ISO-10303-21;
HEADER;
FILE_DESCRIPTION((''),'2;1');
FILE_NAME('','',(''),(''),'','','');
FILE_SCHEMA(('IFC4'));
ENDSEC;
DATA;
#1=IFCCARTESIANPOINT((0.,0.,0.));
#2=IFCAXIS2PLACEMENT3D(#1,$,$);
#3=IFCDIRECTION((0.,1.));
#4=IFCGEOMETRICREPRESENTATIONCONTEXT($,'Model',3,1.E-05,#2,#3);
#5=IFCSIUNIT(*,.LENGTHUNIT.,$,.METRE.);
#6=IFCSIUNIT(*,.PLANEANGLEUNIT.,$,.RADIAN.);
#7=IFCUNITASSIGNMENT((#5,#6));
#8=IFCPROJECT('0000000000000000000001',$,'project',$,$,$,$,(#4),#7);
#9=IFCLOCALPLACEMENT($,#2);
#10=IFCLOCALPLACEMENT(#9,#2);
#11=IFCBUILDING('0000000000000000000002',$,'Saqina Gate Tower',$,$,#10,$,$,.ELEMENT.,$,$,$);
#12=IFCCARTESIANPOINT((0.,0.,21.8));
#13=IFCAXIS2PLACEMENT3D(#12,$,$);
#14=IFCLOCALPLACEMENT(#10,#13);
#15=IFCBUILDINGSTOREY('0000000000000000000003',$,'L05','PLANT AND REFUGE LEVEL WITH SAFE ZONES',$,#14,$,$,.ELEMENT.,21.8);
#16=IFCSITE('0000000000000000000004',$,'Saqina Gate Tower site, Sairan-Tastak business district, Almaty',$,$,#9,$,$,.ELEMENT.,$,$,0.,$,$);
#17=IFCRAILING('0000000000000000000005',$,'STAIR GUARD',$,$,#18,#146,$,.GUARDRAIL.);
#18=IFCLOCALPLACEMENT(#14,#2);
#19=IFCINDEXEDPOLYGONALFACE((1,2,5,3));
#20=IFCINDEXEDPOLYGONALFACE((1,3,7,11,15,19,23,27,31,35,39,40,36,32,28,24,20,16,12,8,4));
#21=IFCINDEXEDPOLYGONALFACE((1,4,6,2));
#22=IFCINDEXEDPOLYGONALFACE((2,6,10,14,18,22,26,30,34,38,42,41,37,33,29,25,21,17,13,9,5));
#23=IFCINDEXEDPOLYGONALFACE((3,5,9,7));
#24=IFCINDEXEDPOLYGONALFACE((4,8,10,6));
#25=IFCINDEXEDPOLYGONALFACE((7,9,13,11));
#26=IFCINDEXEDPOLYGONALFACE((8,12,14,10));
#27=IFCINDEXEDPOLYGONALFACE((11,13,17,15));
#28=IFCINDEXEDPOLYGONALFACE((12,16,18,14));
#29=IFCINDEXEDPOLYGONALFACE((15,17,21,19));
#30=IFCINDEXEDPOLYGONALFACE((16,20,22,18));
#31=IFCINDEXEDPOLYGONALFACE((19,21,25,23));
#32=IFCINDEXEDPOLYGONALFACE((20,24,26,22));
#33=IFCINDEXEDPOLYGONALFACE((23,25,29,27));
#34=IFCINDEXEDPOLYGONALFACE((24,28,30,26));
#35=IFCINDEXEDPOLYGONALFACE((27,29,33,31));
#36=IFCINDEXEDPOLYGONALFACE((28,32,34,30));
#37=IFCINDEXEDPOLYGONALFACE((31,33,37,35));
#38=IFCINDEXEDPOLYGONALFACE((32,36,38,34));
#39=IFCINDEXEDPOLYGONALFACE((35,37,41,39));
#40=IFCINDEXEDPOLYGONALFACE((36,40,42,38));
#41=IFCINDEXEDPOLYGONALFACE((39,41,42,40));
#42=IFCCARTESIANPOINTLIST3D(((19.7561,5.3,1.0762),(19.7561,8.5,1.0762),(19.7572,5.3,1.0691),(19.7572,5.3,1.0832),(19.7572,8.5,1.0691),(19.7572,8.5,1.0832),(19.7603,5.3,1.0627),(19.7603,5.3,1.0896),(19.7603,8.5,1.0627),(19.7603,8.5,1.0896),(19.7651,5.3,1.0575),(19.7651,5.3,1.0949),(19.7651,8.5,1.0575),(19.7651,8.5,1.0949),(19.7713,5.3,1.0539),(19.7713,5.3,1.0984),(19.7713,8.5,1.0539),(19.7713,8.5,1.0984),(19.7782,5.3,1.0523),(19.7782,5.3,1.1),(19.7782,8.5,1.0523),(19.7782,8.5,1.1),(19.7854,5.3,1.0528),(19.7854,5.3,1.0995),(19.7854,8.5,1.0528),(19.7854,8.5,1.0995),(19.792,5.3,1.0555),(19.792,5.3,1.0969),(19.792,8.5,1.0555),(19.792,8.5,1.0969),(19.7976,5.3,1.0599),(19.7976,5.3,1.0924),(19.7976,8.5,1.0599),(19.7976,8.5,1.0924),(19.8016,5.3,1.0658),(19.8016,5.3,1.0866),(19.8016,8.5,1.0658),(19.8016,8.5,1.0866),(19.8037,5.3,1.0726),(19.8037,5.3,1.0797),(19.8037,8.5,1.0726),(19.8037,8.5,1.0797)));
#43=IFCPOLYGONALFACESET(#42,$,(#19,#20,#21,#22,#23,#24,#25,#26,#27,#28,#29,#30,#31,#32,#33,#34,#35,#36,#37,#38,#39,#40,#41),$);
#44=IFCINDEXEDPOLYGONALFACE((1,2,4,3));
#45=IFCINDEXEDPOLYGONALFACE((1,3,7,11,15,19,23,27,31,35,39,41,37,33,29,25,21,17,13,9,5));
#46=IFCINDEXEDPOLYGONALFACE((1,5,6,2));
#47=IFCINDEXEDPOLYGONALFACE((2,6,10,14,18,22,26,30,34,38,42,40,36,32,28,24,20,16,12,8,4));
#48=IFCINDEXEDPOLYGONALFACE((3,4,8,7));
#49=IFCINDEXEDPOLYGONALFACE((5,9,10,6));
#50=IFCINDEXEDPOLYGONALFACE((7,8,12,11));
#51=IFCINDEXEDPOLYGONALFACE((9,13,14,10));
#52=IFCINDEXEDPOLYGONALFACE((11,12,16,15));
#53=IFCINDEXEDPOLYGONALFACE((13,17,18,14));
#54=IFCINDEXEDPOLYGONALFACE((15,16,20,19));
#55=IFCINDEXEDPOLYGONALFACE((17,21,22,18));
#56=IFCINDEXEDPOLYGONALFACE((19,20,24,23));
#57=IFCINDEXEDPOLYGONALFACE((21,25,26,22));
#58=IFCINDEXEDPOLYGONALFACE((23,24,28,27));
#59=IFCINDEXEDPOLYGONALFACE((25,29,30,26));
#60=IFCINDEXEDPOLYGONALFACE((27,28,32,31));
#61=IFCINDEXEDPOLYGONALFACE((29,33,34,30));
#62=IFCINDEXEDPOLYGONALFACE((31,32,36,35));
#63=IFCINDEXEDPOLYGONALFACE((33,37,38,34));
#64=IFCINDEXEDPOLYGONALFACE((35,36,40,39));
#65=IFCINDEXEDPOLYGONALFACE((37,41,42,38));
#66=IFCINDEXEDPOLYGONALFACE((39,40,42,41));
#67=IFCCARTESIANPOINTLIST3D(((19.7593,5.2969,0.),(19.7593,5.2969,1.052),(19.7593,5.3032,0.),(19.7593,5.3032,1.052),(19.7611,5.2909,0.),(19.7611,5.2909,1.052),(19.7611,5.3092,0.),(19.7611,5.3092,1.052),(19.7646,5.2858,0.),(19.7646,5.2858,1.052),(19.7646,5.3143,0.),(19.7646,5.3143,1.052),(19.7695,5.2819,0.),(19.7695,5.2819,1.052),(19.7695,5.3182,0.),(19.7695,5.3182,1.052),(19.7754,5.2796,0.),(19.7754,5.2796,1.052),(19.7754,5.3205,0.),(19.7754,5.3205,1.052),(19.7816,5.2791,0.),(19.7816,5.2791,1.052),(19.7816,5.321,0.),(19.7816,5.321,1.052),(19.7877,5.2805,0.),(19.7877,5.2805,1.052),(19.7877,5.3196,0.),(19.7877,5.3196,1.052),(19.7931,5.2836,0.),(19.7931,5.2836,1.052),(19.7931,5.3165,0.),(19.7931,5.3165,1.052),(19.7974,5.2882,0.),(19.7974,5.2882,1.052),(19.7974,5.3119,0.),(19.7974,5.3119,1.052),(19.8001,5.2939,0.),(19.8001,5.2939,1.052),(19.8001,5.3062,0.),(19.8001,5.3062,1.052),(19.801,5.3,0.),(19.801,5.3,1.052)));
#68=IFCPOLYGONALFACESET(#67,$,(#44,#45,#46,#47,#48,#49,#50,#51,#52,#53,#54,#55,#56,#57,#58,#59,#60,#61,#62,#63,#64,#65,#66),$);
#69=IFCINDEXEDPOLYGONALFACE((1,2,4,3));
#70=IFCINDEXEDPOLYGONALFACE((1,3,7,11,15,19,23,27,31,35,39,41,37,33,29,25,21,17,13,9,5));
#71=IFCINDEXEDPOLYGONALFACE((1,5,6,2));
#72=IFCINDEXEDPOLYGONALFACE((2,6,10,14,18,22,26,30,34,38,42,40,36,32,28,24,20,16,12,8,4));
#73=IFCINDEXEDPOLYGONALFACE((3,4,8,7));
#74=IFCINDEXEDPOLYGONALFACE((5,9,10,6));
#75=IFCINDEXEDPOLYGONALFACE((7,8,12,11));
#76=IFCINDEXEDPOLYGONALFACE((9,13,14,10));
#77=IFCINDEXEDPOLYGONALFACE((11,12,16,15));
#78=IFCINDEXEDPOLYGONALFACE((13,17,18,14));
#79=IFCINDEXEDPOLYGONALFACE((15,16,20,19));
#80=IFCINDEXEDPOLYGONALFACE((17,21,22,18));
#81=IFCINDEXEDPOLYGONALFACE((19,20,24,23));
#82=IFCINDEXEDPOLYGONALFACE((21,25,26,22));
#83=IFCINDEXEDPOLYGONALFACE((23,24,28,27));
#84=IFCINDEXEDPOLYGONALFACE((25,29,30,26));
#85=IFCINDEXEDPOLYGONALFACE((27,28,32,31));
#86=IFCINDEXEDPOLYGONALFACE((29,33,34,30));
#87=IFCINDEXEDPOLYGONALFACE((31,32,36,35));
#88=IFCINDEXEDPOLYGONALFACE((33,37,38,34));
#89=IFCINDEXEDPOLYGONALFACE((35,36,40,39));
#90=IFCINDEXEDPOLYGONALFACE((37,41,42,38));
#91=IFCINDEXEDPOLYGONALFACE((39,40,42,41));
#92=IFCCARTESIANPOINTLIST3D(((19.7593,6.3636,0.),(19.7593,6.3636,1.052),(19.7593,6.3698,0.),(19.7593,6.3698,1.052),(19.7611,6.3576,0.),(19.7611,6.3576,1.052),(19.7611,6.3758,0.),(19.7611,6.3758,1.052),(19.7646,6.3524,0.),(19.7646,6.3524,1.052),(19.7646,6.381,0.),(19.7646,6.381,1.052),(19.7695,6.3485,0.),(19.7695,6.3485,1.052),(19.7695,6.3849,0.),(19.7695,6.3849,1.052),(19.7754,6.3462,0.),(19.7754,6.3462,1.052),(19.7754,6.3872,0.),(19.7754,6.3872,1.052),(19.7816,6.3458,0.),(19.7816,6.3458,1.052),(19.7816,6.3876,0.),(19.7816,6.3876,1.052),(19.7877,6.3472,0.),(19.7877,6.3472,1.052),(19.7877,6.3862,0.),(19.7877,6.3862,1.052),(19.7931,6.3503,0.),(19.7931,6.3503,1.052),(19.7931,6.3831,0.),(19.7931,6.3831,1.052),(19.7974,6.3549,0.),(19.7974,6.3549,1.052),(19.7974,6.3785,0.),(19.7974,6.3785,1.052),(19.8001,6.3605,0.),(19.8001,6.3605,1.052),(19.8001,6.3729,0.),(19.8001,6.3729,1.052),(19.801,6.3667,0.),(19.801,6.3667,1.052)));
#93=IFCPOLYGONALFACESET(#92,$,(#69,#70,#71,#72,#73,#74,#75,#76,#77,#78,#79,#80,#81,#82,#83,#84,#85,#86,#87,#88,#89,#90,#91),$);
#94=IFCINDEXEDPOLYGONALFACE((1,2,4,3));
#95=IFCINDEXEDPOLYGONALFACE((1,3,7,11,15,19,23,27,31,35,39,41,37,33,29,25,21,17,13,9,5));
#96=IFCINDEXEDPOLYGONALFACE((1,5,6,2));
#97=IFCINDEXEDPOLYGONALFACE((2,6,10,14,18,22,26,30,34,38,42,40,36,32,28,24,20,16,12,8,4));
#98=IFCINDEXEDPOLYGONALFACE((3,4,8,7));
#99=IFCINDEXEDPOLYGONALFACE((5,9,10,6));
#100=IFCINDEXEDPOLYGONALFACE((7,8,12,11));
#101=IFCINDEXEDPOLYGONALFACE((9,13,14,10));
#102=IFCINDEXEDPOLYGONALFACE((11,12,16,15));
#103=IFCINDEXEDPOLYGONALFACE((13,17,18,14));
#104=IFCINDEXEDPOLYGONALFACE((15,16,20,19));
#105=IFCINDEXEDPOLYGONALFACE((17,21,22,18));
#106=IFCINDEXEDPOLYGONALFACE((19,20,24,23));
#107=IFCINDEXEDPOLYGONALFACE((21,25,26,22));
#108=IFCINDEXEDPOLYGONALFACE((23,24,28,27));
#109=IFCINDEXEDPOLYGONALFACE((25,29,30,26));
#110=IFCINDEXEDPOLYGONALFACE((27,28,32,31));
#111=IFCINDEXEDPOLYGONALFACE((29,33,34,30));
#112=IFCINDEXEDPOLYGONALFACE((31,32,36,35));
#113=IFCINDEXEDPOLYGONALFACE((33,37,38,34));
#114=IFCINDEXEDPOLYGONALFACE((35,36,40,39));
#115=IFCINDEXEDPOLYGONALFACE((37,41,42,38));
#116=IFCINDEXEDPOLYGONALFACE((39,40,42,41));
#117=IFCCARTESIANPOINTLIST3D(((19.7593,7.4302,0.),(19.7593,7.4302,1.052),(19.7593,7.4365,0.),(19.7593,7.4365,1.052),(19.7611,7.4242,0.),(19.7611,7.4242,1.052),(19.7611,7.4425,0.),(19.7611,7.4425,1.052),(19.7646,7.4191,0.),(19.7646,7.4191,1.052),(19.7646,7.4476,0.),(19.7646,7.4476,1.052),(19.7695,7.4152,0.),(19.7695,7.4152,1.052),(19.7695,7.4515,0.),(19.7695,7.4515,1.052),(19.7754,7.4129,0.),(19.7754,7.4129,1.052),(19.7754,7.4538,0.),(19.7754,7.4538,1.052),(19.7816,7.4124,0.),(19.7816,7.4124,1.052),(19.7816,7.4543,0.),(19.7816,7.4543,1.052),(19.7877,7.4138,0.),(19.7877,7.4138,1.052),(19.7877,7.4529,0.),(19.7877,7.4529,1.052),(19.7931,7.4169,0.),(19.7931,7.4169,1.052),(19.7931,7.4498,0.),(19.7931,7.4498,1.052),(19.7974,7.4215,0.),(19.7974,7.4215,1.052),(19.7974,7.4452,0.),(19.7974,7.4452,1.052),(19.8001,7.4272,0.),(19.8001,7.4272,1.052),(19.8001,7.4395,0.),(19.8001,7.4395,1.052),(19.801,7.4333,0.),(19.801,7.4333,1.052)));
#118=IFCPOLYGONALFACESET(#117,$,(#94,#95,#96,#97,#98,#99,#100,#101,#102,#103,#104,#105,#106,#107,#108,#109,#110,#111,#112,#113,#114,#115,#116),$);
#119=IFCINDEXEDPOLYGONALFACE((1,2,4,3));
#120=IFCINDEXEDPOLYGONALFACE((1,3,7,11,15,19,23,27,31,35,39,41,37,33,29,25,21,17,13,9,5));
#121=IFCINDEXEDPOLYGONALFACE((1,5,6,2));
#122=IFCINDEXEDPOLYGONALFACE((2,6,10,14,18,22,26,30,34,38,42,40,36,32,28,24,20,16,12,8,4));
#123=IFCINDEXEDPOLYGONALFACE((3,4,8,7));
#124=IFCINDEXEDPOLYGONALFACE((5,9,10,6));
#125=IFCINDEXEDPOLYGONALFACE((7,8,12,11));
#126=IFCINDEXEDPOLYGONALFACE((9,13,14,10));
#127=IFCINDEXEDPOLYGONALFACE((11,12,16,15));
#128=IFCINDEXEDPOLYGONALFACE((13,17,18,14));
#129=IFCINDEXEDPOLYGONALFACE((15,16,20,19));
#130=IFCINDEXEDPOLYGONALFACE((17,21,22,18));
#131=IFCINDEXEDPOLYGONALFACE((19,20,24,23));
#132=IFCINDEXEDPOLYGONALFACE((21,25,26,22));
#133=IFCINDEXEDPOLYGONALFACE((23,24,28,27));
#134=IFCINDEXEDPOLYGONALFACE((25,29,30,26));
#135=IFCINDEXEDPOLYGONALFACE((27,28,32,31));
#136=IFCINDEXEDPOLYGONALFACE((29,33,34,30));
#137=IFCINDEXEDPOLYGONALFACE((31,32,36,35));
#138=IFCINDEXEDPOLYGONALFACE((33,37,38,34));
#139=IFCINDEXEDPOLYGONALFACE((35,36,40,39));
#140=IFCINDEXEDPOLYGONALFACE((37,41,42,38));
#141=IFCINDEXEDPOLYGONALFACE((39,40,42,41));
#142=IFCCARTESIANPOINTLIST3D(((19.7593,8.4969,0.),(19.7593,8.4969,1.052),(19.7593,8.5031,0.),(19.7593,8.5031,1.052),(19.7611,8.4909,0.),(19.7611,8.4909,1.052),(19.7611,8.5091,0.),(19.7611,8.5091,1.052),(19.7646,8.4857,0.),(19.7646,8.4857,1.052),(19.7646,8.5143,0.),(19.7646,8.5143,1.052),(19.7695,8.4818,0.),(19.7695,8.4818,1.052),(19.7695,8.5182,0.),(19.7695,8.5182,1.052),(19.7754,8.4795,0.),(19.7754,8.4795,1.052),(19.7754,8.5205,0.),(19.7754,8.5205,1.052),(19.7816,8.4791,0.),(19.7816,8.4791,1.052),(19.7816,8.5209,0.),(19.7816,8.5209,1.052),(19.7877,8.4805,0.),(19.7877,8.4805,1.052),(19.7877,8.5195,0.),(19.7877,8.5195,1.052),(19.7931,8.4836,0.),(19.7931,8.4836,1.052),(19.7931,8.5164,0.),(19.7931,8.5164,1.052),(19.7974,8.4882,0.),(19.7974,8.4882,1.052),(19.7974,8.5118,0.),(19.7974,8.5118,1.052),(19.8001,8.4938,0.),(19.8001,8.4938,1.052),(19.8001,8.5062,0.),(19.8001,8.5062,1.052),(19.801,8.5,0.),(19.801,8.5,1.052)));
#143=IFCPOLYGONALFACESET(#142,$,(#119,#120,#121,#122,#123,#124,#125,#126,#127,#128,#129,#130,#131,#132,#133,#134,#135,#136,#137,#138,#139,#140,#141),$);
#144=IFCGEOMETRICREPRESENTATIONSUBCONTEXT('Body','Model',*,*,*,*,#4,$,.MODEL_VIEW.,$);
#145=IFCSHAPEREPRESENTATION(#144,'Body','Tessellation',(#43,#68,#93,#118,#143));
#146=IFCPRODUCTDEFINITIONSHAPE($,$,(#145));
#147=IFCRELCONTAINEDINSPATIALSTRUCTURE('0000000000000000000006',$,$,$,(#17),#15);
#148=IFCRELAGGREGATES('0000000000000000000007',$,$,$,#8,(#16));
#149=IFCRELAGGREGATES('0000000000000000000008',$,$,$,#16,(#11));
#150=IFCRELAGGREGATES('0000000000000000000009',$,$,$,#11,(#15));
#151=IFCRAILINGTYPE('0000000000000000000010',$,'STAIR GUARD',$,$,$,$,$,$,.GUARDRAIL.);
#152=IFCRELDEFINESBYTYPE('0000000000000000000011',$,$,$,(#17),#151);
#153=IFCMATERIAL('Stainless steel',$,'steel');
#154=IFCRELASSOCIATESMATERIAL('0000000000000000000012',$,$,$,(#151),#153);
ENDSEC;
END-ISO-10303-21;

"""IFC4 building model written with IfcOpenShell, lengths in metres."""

from ifc_helpers import new_model, si_unit, direction, frame, origin, origin_2d, place, context, subcontext, project, spatial, circle, extrude, material, type_object, element, save


model = new_model("IFC4")

# Units and contexts
model_context = context("Model", 3, precision=1e-05, world=origin(), true_north=direction((0.0, 1.0)))
body_context = subcontext(model_context, "Body", "Model", "MODEL_VIEW")
ifc_project = project(units=[si_unit("LENGTHUNIT", "METRE"), si_unit("PLANEANGLEUNIT", "RADIAN")], contexts=[model_context])

# Site, building, storey
site_placement = place(None, origin())
site = spatial("IfcSite", under=ifc_project, at=site_placement, Name="Saqina Gate Tower site, Sairan-Tastak business district, Almaty", CompositionType="ELEMENT", RefElevation=0.0)
building_placement = place(site_placement, origin())
building = spatial("IfcBuilding", under=site, at=building_placement, Name="Saqina Gate Tower", CompositionType="ELEMENT")
storey_placement = place(building_placement, frame((0.0, 0.0, 21.8)))
storey = spatial("IfcBuildingStorey", under=building, at=storey_placement, Name="L05", Description="PLANT AND REFUGE LEVEL WITH SAFE ZONES", CompositionType="ELEMENT", Elevation=21.8)

# Railing
ifc_material_1 = material(Name="Stainless steel", Category="steel")
railing_type_1 = type_object("IfcRailingType", Name="STAIR GUARD", PredefinedType="GUARDRAIL", material=ifc_material_1)
railing_1_placement = place(storey_placement, frame((19.78, 5.3, 0.0)))
element("IfcRailing", 1, at=railing_1_placement, inside=storey, type_object=railing_type_1, Name="STAIR GUARD", PredefinedType="GUARDRAIL", context=body_context, shape_type="SweptSolid", body=[
    extrude(circle(Radius=0.0239, at=origin_2d()), frame((0.0, 0.0, 1.0762), z_axis=(0.0, 1.0, 0.0), x_axis=(-1.0, 0.0, 0.0)), (0.0, 0.0, 1.0), 3.2),
    extrude(circle(Radius=0.021, at=origin_2d()), origin(), (0.0, 0.0, 1.0), 1.052),
    extrude(circle(Radius=0.021, at=origin_2d()), frame((0.0, 1.0667, 0.0)), (0.0, 0.0, 1.0), 1.052),
    extrude(circle(Radius=0.021, at=origin_2d()), frame((0.0, 2.1333, 0.0)), (0.0, 0.0, 1.0), 1.052),
    extrude(circle(Radius=0.021, at=origin_2d()), frame((0.0, 3.2, 0.0)), (0.0, 0.0, 1.0), 1.052),
])

save(model, "model.ifc")
